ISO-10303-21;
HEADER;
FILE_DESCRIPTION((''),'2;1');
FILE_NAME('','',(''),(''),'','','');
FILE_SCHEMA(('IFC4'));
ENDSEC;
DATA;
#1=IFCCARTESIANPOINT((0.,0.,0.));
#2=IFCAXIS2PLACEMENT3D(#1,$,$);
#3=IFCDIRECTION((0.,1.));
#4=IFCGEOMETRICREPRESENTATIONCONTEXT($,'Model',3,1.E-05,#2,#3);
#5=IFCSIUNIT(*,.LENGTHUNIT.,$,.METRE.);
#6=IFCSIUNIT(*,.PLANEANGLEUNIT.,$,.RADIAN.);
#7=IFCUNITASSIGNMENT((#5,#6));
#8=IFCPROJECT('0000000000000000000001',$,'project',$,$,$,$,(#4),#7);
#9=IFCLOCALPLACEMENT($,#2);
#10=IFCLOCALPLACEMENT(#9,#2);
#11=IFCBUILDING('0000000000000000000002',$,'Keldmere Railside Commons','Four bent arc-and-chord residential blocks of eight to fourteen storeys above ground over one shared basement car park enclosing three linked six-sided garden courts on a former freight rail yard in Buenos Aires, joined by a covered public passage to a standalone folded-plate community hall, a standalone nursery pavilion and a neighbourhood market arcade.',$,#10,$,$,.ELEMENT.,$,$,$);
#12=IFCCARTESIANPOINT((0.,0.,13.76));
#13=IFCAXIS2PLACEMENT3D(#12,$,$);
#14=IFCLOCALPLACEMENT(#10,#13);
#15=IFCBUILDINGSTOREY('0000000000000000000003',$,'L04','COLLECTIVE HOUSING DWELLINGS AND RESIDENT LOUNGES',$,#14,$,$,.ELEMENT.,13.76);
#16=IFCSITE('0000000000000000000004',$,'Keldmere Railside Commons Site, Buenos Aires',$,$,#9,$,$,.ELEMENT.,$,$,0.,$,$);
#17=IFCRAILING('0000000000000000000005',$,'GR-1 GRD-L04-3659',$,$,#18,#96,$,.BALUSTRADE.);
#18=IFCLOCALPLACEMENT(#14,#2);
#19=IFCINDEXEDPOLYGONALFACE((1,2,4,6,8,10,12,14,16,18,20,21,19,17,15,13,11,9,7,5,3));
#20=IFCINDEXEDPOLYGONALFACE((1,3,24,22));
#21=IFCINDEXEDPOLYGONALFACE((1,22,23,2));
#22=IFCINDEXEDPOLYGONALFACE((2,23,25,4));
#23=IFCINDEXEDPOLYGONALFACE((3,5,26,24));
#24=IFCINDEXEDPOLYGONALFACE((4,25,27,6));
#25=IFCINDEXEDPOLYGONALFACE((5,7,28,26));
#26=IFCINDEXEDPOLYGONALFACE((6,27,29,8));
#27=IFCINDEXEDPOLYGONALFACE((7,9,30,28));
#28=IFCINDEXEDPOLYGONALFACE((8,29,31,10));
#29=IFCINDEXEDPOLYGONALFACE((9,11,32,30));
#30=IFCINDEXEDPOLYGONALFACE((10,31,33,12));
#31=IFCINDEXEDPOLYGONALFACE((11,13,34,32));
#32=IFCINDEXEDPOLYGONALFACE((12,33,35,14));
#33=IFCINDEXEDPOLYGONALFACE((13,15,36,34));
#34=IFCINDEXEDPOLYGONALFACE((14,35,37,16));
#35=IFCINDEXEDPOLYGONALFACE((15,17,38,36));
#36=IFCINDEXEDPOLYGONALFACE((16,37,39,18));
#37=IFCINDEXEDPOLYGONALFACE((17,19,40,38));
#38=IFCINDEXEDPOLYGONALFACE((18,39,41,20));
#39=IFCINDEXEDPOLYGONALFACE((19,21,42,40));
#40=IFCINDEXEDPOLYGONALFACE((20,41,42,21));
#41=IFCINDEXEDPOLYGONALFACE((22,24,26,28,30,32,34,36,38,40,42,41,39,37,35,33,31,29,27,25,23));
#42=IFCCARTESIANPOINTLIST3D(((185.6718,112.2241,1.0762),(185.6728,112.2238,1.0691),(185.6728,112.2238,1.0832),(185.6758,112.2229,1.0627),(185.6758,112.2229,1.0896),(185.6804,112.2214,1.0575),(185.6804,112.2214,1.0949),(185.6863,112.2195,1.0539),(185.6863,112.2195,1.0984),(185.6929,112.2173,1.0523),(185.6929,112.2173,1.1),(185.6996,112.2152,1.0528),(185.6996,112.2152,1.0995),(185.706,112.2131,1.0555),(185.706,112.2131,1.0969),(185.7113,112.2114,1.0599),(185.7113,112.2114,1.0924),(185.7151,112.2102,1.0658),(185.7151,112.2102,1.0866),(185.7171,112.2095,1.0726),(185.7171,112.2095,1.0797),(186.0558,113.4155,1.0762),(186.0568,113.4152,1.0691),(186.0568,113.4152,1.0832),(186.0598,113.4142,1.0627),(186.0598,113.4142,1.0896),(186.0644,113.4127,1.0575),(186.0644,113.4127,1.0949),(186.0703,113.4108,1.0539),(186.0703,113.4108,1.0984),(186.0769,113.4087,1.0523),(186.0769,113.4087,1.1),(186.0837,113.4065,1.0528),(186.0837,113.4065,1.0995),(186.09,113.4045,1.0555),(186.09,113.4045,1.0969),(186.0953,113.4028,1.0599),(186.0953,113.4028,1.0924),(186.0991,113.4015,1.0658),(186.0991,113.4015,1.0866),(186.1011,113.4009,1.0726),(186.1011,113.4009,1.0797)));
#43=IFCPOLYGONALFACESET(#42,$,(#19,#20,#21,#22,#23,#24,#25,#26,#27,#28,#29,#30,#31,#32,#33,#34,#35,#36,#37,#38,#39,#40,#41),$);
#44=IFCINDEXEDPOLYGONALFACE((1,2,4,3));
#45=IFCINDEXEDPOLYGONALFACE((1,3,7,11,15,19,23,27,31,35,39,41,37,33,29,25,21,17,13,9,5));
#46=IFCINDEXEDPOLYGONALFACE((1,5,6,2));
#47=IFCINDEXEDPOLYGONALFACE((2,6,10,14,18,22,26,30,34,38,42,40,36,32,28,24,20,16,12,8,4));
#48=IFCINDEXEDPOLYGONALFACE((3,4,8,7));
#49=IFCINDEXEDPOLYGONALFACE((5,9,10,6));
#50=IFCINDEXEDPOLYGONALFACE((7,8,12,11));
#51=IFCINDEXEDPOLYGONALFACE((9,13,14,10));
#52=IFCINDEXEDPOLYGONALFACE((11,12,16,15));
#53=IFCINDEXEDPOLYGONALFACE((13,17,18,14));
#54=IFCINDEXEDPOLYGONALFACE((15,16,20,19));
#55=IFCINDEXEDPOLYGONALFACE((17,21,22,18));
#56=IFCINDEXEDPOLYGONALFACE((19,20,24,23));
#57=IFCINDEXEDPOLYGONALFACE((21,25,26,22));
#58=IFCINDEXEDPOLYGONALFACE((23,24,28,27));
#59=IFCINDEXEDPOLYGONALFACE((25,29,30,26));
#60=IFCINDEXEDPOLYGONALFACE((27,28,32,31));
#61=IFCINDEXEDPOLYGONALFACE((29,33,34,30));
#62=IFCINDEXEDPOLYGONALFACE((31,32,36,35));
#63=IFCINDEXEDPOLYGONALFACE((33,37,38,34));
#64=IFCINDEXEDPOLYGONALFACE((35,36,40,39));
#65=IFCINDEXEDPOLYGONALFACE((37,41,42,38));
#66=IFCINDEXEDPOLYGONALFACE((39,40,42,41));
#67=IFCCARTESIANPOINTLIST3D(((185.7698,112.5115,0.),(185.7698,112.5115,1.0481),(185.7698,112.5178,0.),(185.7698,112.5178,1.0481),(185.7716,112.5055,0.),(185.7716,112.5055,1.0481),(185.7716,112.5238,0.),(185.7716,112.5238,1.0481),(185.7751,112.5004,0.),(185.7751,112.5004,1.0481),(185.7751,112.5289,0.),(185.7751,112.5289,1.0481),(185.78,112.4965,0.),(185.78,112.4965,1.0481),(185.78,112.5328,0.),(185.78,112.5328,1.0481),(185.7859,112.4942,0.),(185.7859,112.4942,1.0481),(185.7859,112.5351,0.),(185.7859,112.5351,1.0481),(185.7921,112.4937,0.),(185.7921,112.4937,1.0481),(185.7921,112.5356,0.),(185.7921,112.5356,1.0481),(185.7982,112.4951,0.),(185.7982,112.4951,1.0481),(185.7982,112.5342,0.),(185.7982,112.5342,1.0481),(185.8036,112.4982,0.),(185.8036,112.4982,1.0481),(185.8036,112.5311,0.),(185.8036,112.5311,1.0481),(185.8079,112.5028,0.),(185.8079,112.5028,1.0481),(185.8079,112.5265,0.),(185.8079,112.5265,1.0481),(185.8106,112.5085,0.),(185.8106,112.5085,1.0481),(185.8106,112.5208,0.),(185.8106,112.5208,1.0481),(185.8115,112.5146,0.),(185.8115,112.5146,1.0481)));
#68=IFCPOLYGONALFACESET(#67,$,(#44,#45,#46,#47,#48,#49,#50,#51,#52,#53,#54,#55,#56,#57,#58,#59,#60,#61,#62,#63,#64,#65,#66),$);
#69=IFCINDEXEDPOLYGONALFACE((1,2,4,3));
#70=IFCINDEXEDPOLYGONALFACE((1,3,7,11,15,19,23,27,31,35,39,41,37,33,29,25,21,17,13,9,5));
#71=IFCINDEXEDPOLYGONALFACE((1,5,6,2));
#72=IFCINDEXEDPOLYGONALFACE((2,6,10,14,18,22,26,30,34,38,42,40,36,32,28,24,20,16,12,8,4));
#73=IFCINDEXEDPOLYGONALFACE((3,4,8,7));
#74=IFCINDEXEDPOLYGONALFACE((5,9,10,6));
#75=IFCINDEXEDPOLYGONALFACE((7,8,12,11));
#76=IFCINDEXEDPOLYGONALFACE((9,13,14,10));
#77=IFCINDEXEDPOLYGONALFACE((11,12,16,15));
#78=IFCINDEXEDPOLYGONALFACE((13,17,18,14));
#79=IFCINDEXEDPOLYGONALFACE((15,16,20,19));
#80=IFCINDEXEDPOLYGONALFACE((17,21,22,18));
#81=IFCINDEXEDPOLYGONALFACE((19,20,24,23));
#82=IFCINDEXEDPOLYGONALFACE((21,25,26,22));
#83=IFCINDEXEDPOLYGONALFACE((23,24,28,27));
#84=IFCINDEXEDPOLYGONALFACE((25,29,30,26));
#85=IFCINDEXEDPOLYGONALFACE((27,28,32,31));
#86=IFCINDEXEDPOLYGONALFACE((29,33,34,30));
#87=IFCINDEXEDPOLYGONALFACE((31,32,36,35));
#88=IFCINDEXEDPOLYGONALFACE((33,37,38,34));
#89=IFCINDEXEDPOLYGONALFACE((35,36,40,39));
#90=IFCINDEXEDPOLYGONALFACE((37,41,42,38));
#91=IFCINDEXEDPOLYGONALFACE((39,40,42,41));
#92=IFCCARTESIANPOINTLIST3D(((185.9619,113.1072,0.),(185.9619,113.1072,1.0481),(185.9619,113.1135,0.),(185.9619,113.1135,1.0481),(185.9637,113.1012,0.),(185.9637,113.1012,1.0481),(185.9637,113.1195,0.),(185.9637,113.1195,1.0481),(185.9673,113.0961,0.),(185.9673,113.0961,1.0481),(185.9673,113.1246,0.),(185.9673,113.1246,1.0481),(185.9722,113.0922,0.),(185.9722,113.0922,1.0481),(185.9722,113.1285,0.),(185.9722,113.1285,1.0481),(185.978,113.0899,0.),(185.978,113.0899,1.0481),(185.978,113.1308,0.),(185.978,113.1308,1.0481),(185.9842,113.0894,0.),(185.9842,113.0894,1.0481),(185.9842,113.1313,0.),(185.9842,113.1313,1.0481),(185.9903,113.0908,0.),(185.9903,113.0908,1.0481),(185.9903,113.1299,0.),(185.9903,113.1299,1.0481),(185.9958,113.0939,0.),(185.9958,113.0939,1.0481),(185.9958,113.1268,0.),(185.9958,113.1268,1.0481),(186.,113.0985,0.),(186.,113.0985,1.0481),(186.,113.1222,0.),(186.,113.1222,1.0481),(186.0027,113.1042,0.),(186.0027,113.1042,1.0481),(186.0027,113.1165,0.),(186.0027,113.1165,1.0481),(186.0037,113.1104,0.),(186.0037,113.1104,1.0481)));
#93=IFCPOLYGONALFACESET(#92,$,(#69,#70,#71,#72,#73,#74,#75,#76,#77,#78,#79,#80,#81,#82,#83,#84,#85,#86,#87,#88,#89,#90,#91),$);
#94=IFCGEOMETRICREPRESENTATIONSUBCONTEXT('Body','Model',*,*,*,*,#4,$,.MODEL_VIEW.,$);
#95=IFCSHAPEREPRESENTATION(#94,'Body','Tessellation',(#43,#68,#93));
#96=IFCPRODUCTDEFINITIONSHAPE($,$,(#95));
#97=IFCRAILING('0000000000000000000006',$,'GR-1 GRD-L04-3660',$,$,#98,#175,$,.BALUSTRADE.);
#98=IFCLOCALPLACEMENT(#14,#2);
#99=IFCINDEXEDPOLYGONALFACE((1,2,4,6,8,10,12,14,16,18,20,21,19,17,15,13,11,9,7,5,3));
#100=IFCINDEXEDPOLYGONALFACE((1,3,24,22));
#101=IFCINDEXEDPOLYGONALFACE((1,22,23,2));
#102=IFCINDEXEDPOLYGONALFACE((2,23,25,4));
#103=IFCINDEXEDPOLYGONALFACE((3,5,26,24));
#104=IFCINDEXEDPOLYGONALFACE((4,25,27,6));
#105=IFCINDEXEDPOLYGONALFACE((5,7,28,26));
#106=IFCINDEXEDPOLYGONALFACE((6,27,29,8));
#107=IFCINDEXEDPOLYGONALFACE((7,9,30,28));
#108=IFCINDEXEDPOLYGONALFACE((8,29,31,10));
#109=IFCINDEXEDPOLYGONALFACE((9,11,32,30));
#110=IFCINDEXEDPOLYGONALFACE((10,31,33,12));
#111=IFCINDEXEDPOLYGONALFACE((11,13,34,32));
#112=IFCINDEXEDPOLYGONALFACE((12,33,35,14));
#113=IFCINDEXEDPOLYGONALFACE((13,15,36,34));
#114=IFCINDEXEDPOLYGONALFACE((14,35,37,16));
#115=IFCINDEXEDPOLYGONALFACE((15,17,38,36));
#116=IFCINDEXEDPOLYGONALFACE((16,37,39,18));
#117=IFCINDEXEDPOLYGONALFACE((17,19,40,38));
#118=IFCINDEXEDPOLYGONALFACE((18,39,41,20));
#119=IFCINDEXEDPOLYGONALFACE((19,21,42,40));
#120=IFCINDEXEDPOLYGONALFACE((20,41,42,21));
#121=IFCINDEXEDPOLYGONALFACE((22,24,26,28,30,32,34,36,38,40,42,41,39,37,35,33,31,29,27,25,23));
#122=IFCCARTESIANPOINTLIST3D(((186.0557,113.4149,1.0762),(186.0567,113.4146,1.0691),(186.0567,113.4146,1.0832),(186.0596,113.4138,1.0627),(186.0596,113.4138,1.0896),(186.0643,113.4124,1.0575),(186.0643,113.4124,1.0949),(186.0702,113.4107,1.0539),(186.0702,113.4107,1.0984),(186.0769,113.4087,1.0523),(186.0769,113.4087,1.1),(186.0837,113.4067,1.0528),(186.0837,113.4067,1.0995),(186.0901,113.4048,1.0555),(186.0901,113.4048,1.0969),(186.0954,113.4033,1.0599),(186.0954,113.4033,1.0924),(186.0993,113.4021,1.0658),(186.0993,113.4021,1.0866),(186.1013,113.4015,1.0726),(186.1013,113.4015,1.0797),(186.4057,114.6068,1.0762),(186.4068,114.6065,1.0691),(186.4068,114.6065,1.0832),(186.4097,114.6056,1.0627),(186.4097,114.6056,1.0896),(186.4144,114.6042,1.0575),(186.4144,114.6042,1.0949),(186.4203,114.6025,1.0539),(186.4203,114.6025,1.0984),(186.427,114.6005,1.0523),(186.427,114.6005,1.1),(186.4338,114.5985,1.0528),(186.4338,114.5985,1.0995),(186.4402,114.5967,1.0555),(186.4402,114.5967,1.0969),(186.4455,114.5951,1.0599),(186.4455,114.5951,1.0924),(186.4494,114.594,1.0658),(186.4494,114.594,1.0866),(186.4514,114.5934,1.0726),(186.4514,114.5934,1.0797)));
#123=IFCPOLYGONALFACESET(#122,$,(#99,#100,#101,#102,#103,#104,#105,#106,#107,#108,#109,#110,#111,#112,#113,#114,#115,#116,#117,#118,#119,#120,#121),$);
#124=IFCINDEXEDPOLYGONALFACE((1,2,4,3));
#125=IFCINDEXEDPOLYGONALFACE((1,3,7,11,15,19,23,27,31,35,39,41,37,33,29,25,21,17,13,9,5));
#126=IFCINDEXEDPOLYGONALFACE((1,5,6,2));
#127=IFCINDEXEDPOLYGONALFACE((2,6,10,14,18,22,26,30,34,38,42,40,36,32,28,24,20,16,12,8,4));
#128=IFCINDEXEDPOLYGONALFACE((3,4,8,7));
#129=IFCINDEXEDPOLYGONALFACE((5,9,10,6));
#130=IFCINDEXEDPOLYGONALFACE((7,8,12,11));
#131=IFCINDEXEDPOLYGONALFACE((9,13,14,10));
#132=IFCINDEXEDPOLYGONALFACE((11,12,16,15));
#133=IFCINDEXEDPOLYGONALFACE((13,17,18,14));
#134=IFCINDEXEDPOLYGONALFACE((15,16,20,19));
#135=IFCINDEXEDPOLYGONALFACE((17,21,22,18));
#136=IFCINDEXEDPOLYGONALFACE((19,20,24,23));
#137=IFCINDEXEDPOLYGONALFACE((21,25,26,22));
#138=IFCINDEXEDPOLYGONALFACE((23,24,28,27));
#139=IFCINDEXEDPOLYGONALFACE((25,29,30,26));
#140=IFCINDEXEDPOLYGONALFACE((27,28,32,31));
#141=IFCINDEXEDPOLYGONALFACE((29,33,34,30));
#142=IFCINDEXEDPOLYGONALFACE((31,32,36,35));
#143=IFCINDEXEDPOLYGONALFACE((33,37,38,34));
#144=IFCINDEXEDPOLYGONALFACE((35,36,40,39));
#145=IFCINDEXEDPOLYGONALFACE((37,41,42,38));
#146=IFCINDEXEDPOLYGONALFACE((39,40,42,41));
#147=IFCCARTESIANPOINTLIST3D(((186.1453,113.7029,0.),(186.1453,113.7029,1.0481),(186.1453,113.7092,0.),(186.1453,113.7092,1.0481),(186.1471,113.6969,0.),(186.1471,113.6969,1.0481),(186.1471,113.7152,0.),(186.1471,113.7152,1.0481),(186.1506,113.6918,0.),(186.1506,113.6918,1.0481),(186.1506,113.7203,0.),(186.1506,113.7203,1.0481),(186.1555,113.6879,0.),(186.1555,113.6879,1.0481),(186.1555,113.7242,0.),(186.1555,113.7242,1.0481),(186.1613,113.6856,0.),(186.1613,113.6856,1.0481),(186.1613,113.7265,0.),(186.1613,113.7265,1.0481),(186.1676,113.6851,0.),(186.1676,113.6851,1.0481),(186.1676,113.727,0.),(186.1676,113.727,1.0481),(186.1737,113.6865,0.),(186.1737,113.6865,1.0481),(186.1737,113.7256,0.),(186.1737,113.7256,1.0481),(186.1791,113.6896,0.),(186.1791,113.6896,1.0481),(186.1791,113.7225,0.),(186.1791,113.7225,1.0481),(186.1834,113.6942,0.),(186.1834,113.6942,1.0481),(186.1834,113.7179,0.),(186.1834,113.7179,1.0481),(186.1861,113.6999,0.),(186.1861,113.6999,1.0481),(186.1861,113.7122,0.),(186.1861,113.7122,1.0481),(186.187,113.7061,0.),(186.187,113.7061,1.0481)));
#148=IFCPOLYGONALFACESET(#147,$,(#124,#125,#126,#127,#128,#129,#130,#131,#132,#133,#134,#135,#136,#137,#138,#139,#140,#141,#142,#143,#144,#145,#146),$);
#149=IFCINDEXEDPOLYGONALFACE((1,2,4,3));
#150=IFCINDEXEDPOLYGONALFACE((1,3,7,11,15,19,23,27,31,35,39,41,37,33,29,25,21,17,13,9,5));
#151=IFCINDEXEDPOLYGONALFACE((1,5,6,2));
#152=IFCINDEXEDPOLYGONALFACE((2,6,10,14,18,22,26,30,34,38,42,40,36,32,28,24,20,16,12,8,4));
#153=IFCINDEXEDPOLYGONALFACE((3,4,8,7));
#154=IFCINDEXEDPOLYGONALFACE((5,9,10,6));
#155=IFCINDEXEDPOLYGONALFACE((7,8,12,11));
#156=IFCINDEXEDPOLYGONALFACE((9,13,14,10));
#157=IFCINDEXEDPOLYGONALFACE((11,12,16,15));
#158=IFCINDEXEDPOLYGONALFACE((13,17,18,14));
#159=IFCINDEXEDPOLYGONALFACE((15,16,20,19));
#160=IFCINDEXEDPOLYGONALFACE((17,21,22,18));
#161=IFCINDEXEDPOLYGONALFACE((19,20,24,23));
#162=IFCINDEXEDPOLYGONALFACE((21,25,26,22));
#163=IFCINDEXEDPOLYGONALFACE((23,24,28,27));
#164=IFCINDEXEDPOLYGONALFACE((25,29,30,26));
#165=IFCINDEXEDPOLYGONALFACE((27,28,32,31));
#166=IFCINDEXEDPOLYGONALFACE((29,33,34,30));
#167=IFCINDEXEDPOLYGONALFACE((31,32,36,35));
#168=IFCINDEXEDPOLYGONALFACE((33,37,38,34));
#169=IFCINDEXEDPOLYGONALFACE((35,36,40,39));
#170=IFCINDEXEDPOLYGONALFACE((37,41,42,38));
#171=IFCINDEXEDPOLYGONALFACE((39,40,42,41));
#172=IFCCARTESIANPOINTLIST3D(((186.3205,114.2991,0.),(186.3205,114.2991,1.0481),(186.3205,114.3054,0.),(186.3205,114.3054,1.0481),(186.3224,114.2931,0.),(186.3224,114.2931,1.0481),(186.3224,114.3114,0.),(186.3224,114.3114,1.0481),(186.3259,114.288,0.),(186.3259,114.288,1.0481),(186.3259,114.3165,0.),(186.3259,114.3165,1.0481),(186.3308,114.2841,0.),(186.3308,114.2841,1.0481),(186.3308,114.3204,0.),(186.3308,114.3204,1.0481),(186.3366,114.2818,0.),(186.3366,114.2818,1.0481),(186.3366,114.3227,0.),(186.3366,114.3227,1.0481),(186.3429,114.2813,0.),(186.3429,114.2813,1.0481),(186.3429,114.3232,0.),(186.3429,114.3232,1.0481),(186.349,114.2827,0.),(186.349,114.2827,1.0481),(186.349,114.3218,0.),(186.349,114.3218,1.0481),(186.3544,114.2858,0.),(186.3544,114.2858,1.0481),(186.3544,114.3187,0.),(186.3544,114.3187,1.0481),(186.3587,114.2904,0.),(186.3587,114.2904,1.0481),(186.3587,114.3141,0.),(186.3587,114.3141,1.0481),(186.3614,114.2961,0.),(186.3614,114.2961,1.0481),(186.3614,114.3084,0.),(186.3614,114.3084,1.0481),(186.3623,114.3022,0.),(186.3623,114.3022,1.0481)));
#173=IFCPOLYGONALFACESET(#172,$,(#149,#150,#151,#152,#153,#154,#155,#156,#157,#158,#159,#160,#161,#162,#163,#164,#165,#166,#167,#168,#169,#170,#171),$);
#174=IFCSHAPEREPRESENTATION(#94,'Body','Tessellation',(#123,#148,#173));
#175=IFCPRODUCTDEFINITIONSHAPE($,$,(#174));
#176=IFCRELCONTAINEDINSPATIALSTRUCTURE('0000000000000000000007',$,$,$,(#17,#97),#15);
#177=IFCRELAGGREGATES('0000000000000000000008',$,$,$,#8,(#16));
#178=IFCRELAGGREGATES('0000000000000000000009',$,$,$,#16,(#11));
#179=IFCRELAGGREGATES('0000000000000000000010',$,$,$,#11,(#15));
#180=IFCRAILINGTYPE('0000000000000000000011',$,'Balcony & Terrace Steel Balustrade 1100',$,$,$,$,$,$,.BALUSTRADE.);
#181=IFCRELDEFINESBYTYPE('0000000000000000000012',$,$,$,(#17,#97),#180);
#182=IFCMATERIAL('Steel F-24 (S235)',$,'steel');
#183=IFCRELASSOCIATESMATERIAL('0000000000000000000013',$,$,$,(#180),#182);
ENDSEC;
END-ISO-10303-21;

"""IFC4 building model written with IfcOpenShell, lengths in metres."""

from ifc_helpers import new_model, si_unit, direction, frame, origin, origin_2d, place, context, subcontext, project, spatial, circle, extrude, material, type_object, element, save


model = new_model("IFC4")

# Units and contexts
model_context = context("Model", 3, precision=1e-05, world=origin(), true_north=direction((0.0, 1.0)))
body_context = subcontext(model_context, "Body", "Model", "MODEL_VIEW")
ifc_project = project(units=[si_unit("LENGTHUNIT", "METRE"), si_unit("PLANEANGLEUNIT", "RADIAN")], contexts=[model_context])

# Site, building, storey
site_placement = place(None, origin())
site = spatial("IfcSite", under=ifc_project, at=site_placement, Name="Keldmere Railside Commons Site, Buenos Aires", CompositionType="ELEMENT", RefElevation=0.0)
building_placement = place(site_placement, origin())
building = spatial("IfcBuilding", under=site, at=building_placement, Name="Keldmere Railside Commons", Description="Four bent arc-and-chord residential blocks of eight to fourteen storeys above ground over one shared basement car park enclosing three linked six-sided garden courts on a former freight rail yard in Buenos Aires, joined by a covered public passage to a standalone folded-plate community hall, a standalone nursery pavilion and a neighbourhood market arcade.", CompositionType="ELEMENT")
storey_placement = place(building_placement, frame((0.0, 0.0, 13.76)))
storey = spatial("IfcBuildingStorey", under=building, at=storey_placement, Name="L04", Description="COLLECTIVE HOUSING DWELLINGS AND RESIDENT LOUNGES", CompositionType="ELEMENT", Elevation=13.76)

# Railings
ifc_material_1 = material(Name="Steel F-24 (S235)", Category="steel")
railing_type = type_object("IfcRailingType", Name="Balcony & Terrace Steel Balustrade 1100", PredefinedType="BALUSTRADE", material=ifc_material_1)
railing_1_placement = place(storey_placement, frame((185.6946, 112.2168, 0.0)))
element("IfcRailing", 1, at=railing_1_placement, inside=storey, type_object=railing_type, Name="GR-1 GRD-L04-3659", PredefinedType="BALUSTRADE", context=body_context, shape_type="SweptSolid", body=[
    extrude(circle(Radius=0.0239, at=origin_2d()), frame((0.0, 0.0, 1.0762), z_axis=(0.306792, 0.951777, 0.0), x_axis=(-0.951777, 0.306792, 0.0)), (0.0, 0.0, 1.0), 1.2517),
    extrude(circle(Radius=0.021, at=origin_2d()), frame((0.0959, 0.2979, 0.0)), (0.0, 0.0, 1.0), 1.0481),
    extrude(circle(Radius=0.021, at=origin_2d()), frame((0.2881, 0.8936, 0.0)), (0.0, 0.0, 1.0), 1.0481),
])
railing_2_placement = place(storey_placement, frame((186.0786, 113.4082, 0.0)))
element("IfcRailing", 2, at=railing_2_placement, inside=storey, type_object=railing_type, Name="GR-1 GRD-L04-3660", PredefinedType="BALUSTRADE", context=body_context, shape_type="SweptSolid", body=[
    extrude(circle(Radius=0.0239, at=origin_2d()), frame((0.0, 0.0, 1.0762), z_axis=(0.281826, 0.959466, 0.0), x_axis=(-0.959466, 0.281826, 0.0)), (0.0, 0.0, 1.0), 1.2422),
    extrude(circle(Radius=0.021, at=origin_2d()), frame((0.0874, 0.2979, 0.0)), (0.0, 0.0, 1.0), 1.0481),
    extrude(circle(Radius=0.021, at=origin_2d()), frame((0.2627, 0.894, 0.0)), (0.0, 0.0, 1.0), 1.0481),
])

save(model, "model.ifc")
